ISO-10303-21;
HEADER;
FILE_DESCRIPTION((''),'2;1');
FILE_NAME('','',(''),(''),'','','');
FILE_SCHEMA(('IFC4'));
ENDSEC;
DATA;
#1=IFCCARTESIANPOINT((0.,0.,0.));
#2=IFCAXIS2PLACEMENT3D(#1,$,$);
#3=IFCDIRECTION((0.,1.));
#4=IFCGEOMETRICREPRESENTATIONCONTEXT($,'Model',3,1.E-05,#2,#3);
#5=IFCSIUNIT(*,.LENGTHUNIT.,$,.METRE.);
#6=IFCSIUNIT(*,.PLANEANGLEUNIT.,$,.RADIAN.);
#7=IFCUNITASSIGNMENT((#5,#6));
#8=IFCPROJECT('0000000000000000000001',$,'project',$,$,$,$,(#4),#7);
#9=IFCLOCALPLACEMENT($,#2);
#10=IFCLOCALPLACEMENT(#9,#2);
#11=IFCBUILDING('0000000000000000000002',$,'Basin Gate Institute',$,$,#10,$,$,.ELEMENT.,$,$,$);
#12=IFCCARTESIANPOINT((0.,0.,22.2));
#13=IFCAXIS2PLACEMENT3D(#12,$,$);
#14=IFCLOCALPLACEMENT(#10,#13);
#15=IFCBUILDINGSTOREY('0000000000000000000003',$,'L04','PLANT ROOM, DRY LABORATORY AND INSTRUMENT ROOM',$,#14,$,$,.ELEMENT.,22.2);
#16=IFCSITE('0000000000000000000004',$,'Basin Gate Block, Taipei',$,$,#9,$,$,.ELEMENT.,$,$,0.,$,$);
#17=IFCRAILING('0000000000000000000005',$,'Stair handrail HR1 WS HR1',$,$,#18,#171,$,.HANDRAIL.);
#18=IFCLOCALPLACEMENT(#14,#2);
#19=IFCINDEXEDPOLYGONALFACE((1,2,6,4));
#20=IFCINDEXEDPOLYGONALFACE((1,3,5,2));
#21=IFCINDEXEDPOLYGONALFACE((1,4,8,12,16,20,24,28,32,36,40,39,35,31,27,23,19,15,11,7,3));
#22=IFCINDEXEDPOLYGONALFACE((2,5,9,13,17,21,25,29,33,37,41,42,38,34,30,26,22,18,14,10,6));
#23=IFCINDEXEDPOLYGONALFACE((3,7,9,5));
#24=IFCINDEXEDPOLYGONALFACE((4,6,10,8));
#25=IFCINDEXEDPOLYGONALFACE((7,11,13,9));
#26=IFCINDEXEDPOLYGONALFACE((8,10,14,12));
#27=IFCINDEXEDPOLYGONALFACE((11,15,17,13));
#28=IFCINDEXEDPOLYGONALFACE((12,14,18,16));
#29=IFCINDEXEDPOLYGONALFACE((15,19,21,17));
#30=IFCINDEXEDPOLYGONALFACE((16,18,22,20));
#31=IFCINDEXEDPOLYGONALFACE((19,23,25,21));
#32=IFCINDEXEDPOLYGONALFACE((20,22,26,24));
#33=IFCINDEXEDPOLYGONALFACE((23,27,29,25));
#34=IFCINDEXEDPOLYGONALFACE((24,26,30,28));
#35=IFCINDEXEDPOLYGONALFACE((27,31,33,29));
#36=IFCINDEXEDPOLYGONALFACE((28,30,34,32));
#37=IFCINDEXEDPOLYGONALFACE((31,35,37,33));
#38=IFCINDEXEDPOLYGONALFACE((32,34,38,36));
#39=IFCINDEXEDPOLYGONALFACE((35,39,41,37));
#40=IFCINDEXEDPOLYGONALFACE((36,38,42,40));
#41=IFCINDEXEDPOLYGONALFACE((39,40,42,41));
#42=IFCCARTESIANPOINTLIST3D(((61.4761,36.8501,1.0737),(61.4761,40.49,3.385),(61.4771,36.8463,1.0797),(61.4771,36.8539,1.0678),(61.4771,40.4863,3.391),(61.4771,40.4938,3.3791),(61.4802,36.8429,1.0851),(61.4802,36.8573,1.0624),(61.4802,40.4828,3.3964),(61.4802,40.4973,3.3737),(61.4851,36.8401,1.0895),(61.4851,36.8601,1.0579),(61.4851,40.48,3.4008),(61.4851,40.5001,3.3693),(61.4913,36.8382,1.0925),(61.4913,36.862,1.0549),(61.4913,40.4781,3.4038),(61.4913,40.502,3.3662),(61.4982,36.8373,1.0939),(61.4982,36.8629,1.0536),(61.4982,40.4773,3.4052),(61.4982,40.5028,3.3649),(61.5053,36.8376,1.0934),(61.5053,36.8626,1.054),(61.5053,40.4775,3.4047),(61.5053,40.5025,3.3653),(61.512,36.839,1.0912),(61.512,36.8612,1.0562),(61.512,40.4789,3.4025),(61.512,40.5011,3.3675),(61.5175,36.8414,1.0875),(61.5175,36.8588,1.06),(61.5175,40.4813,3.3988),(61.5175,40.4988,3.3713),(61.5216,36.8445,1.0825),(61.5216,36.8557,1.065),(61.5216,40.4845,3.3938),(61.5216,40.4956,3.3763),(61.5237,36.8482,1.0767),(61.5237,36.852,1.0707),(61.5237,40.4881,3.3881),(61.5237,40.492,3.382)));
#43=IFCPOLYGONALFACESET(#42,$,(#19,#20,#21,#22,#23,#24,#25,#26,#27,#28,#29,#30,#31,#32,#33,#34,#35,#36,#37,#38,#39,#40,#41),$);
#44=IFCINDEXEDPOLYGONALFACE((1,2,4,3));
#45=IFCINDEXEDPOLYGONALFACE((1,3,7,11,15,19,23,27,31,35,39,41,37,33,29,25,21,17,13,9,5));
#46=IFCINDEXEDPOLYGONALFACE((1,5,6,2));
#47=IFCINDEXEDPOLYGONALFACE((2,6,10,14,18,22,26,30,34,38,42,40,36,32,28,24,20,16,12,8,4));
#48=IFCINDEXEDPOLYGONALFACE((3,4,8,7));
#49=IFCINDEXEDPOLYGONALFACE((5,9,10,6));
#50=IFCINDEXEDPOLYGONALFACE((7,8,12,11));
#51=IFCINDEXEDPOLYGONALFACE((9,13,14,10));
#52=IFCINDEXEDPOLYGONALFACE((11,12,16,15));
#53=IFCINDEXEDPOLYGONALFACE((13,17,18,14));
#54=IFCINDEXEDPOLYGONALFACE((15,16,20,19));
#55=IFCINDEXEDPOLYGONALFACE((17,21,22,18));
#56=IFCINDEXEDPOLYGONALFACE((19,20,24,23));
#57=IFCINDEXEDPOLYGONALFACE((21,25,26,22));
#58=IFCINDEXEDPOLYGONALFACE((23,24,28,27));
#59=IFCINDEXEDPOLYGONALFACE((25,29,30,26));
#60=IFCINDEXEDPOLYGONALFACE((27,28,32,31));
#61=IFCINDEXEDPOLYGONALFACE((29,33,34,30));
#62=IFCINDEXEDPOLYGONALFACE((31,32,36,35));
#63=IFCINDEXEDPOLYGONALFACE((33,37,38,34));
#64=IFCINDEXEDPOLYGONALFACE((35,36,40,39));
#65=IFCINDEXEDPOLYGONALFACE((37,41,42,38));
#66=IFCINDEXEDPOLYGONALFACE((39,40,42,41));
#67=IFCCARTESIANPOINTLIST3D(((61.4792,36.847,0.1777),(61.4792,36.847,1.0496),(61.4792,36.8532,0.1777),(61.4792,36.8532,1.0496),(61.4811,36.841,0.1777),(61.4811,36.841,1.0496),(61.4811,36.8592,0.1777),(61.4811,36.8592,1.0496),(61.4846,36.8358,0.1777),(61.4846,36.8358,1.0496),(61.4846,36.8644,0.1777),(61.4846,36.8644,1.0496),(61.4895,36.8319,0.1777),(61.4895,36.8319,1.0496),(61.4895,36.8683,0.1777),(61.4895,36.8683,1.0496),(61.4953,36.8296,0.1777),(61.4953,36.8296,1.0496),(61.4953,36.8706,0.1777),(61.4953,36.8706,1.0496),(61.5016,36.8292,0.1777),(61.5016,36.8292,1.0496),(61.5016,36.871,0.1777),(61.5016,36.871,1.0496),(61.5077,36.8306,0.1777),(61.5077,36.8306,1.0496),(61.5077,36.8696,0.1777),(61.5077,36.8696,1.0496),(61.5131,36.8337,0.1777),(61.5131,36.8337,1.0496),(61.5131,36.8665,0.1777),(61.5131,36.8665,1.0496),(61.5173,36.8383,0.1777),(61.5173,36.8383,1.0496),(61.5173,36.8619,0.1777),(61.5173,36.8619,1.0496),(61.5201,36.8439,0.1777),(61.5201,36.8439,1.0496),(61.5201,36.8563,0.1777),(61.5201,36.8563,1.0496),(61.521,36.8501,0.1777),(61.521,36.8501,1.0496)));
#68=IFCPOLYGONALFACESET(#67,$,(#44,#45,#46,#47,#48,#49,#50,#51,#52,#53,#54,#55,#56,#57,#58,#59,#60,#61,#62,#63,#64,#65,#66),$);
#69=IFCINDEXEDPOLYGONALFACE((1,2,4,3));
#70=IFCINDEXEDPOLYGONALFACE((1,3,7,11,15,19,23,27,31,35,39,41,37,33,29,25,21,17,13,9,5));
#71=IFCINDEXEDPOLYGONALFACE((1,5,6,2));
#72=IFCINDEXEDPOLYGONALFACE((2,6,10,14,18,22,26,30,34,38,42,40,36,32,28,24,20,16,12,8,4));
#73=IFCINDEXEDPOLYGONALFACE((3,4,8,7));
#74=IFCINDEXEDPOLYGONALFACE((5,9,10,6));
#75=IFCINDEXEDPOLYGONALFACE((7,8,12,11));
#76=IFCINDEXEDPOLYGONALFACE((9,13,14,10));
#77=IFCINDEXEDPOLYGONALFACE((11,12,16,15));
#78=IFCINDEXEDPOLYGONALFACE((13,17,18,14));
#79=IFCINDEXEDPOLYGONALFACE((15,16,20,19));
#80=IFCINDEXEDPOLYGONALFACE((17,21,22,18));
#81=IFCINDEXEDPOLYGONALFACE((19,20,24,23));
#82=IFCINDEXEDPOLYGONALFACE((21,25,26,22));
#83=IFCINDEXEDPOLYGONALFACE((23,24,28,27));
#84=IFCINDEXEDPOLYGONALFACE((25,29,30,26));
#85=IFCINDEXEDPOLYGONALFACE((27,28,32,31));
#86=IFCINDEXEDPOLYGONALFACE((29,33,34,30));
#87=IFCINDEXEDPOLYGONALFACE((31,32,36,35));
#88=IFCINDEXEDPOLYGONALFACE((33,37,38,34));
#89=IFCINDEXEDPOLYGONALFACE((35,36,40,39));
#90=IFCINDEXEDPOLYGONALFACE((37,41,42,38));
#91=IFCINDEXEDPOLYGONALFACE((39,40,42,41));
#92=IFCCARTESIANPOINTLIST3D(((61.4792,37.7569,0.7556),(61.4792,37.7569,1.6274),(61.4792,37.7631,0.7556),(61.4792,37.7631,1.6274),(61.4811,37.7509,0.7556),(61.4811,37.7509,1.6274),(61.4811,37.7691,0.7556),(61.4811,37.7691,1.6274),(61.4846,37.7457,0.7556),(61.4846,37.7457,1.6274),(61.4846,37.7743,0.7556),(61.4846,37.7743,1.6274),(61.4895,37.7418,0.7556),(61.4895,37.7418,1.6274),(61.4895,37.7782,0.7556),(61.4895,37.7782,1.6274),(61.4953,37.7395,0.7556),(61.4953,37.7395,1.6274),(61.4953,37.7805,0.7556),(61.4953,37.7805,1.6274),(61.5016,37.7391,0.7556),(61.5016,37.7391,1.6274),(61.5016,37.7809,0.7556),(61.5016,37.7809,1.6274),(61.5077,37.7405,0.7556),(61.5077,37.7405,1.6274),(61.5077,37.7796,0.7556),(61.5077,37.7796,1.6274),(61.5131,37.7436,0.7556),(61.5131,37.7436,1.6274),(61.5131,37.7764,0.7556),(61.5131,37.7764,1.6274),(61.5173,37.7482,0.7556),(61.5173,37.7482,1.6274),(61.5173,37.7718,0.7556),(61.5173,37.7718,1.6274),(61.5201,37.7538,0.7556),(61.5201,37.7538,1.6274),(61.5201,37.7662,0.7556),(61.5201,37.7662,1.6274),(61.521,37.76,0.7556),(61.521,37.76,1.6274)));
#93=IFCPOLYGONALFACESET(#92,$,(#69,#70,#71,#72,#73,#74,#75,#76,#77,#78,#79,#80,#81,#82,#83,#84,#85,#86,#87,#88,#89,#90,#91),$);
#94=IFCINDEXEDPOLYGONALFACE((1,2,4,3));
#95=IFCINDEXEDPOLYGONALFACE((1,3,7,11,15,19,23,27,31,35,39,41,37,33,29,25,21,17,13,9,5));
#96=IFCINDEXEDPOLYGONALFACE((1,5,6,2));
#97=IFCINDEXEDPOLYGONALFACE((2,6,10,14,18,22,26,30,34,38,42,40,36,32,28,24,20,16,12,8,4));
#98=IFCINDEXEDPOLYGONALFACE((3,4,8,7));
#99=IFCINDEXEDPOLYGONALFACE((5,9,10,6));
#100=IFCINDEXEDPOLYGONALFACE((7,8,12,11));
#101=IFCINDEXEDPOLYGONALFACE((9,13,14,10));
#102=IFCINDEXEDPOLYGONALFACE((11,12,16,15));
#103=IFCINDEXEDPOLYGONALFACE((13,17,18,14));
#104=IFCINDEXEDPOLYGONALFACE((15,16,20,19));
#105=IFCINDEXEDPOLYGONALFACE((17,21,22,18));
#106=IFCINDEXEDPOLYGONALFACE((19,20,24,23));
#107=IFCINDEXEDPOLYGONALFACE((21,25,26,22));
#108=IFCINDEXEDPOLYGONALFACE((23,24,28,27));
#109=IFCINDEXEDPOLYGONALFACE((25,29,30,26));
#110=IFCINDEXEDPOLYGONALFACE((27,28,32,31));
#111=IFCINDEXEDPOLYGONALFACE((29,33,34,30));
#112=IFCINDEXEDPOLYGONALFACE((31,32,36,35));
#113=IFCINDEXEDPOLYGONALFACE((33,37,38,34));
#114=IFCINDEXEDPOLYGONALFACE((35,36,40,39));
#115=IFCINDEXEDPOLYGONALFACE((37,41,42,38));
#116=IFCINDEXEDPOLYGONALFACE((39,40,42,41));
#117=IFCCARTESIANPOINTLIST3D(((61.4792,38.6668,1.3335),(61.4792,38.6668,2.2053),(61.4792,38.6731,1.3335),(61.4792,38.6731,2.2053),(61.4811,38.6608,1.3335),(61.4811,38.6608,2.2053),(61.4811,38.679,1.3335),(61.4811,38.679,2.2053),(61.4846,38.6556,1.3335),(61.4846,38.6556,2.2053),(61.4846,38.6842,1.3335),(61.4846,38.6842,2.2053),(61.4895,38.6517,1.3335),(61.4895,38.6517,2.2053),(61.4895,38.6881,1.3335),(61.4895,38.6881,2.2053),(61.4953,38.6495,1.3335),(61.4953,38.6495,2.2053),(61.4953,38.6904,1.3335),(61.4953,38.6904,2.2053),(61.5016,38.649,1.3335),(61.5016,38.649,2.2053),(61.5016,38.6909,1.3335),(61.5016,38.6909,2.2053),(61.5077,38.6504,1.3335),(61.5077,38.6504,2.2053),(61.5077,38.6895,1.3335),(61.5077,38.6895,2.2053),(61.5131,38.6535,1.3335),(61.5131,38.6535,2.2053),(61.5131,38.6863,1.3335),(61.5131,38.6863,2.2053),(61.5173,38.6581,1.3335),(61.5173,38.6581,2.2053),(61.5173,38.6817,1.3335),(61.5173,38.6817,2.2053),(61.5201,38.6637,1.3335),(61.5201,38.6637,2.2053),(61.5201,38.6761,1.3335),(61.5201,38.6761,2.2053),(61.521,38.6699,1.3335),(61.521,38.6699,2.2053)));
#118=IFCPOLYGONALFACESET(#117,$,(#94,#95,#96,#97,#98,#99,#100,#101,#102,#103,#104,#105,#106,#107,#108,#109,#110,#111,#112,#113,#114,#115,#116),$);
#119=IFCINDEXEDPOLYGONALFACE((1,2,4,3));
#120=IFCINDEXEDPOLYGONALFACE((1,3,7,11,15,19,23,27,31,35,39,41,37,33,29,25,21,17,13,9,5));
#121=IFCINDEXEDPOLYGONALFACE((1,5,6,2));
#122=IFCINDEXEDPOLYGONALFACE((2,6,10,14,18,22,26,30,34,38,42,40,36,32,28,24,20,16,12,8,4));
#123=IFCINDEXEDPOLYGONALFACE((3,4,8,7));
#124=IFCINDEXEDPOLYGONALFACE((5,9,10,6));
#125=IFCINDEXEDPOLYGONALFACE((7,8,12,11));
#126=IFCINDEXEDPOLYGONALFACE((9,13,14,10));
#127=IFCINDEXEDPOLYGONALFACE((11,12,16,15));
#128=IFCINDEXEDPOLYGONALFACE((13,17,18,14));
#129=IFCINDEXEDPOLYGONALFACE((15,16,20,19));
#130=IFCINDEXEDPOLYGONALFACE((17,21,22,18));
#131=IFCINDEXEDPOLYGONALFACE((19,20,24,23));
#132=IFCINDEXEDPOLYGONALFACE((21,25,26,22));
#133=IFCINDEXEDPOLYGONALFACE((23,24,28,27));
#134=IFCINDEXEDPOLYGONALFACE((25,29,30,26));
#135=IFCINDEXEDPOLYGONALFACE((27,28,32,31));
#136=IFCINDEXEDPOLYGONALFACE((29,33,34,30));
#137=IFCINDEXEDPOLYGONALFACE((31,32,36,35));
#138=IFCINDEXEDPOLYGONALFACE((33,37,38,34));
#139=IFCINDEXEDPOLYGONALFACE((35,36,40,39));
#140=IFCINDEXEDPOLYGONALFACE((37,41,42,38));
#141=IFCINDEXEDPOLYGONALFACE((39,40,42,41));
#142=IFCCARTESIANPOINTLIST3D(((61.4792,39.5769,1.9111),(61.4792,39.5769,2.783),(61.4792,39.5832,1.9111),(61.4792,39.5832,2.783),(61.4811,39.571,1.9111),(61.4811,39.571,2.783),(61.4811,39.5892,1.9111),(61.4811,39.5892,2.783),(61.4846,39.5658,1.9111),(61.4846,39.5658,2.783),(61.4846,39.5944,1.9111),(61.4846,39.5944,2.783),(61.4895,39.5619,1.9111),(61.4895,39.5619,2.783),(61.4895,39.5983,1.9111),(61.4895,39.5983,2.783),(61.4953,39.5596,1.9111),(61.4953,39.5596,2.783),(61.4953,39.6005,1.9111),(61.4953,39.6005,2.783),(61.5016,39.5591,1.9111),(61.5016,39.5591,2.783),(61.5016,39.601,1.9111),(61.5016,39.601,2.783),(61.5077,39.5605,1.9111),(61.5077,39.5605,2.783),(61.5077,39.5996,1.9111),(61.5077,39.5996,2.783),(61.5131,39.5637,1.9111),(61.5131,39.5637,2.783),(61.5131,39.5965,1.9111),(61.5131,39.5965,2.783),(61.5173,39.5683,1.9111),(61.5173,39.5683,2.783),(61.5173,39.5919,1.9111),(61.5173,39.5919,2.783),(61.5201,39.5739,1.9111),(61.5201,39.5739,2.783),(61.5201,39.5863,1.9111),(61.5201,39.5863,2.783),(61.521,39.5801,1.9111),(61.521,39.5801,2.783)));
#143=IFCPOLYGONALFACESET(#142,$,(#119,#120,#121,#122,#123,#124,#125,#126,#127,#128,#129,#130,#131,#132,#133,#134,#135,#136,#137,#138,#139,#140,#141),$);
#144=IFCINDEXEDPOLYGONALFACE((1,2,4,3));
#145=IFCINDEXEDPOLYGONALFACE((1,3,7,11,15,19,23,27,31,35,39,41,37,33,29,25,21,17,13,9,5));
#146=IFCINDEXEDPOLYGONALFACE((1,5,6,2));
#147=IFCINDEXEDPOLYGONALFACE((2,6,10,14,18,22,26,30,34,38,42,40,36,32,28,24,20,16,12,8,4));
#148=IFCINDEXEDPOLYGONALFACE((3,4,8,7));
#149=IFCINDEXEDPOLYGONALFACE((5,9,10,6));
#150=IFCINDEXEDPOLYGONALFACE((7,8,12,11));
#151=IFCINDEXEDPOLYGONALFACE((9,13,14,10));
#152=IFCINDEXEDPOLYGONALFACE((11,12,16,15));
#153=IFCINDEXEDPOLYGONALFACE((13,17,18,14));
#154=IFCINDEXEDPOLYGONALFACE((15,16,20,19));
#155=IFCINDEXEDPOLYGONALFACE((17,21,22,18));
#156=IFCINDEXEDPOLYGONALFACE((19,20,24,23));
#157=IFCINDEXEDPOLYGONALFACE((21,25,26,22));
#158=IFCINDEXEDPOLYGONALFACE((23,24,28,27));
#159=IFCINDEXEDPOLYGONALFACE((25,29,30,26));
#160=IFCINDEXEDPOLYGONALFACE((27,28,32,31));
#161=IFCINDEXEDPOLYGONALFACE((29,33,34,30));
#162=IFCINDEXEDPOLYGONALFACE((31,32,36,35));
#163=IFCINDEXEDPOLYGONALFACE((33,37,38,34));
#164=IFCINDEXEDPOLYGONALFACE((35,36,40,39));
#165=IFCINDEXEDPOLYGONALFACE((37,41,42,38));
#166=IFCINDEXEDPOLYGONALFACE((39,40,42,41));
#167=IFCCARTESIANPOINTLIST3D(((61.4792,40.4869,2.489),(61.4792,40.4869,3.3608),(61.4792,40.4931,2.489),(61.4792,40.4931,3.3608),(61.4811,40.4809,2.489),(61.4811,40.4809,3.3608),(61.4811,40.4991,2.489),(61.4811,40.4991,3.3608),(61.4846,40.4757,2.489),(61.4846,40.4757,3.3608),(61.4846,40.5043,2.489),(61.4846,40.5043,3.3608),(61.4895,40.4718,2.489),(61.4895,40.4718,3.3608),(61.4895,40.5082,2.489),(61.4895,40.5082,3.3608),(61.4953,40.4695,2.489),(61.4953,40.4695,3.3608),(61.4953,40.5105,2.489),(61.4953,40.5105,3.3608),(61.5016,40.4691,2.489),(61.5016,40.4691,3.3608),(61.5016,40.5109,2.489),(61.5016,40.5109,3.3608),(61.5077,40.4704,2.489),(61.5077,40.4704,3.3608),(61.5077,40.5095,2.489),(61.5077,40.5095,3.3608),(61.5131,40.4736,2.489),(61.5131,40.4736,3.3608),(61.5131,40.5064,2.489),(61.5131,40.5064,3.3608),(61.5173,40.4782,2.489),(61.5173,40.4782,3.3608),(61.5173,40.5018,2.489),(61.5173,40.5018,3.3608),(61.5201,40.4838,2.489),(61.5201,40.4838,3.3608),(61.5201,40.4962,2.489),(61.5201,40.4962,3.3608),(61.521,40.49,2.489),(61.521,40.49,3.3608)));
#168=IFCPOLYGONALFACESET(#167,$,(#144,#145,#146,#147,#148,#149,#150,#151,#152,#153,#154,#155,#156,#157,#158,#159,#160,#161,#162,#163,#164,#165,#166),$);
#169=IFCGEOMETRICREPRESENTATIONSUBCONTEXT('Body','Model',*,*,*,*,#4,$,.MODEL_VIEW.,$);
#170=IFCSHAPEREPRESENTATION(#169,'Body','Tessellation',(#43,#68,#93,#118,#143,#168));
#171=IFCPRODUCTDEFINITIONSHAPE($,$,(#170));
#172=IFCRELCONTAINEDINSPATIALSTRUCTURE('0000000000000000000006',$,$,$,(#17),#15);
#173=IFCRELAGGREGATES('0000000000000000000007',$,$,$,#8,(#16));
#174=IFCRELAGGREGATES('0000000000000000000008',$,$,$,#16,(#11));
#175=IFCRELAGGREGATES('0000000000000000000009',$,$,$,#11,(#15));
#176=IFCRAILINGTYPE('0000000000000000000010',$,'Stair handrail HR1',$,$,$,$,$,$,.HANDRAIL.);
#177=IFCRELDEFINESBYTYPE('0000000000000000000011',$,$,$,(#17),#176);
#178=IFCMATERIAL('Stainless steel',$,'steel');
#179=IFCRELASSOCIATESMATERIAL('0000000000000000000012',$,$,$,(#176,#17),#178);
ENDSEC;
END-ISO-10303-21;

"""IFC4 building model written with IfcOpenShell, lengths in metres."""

from ifc_helpers import new_model, si_unit, direction, frame, origin, origin_2d, place, context, subcontext, project, spatial, circle, extrude, material, type_object, element, save


model = new_model("IFC4")

# Units and contexts
model_context = context("Model", 3, precision=1e-05, world=origin(), true_north=direction((0.0, 1.0)))
body_context = subcontext(model_context, "Body", "Model", "MODEL_VIEW")
ifc_project = project(units=[si_unit("LENGTHUNIT", "METRE"), si_unit("PLANEANGLEUNIT", "RADIAN")], contexts=[model_context])

# Site, building, storey
site_placement = place(None, origin())
site = spatial("IfcSite", under=ifc_project, at=site_placement, Name="Basin Gate Block, Taipei", CompositionType="ELEMENT", RefElevation=0.0)
building_placement = place(site_placement, origin())
building = spatial("IfcBuilding", under=site, at=building_placement, Name="Basin Gate Institute", CompositionType="ELEMENT")
storey_placement = place(building_placement, frame((0.0, 0.0, 22.2)))
storey = spatial("IfcBuildingStorey", under=building, at=storey_placement, Name="L04", Description="PLANT ROOM, DRY LABORATORY AND INSTRUMENT ROOM", CompositionType="ELEMENT", Elevation=22.2)

# Railing
ifc_material_1 = material(Name="Stainless steel", Category="steel")
railing_type_1 = type_object("IfcRailingType", Name="Stair handrail HR1", PredefinedType="HANDRAIL", material=ifc_material_1)
for number, where, name in (
    (1, (61.5, 36.8501, 0.1777), "Stair handrail HR1 WS HR1"),
):
    element("IfcRailing", number, at=place(storey_placement, frame(where)), inside=storey, type_object=railing_type_1, material=ifc_material_1, Name=name, PredefinedType="HANDRAIL", context=body_context, shape_type="SweptSolid", body=[
        extrude(circle(Radius=0.0239, at=origin_2d()), frame((0.0, 0.0, 0.896), z_axis=(0.0, 0.844188, 0.536047), x_axis=(-1.0, 0.0, 0.0)), (0.0, 0.0, 1.0), 4.3118),
        extrude(circle(Radius=0.021, at=origin_2d()), origin(), (0.0, 0.0, 1.0), 0.8718),
        extrude(circle(Radius=0.021, at=origin_2d()), frame((0.0, 0.9099, 0.5779)), (0.0, 0.0, 1.0), 0.8718),
        extrude(circle(Radius=0.021, at=origin_2d()), frame((0.0, 1.8198, 1.1558)), (0.0, 0.0, 1.0), 0.8718),
        extrude(circle(Radius=0.021, at=origin_2d()), frame((0.0, 2.73, 1.7334)), (0.0, 0.0, 1.0), 0.8718),
        extrude(circle(Radius=0.021, at=origin_2d()), frame((0.0, 3.6399, 2.3113)), (0.0, 0.0, 1.0), 0.8718),
    ])

save(model, "model.ifc")
